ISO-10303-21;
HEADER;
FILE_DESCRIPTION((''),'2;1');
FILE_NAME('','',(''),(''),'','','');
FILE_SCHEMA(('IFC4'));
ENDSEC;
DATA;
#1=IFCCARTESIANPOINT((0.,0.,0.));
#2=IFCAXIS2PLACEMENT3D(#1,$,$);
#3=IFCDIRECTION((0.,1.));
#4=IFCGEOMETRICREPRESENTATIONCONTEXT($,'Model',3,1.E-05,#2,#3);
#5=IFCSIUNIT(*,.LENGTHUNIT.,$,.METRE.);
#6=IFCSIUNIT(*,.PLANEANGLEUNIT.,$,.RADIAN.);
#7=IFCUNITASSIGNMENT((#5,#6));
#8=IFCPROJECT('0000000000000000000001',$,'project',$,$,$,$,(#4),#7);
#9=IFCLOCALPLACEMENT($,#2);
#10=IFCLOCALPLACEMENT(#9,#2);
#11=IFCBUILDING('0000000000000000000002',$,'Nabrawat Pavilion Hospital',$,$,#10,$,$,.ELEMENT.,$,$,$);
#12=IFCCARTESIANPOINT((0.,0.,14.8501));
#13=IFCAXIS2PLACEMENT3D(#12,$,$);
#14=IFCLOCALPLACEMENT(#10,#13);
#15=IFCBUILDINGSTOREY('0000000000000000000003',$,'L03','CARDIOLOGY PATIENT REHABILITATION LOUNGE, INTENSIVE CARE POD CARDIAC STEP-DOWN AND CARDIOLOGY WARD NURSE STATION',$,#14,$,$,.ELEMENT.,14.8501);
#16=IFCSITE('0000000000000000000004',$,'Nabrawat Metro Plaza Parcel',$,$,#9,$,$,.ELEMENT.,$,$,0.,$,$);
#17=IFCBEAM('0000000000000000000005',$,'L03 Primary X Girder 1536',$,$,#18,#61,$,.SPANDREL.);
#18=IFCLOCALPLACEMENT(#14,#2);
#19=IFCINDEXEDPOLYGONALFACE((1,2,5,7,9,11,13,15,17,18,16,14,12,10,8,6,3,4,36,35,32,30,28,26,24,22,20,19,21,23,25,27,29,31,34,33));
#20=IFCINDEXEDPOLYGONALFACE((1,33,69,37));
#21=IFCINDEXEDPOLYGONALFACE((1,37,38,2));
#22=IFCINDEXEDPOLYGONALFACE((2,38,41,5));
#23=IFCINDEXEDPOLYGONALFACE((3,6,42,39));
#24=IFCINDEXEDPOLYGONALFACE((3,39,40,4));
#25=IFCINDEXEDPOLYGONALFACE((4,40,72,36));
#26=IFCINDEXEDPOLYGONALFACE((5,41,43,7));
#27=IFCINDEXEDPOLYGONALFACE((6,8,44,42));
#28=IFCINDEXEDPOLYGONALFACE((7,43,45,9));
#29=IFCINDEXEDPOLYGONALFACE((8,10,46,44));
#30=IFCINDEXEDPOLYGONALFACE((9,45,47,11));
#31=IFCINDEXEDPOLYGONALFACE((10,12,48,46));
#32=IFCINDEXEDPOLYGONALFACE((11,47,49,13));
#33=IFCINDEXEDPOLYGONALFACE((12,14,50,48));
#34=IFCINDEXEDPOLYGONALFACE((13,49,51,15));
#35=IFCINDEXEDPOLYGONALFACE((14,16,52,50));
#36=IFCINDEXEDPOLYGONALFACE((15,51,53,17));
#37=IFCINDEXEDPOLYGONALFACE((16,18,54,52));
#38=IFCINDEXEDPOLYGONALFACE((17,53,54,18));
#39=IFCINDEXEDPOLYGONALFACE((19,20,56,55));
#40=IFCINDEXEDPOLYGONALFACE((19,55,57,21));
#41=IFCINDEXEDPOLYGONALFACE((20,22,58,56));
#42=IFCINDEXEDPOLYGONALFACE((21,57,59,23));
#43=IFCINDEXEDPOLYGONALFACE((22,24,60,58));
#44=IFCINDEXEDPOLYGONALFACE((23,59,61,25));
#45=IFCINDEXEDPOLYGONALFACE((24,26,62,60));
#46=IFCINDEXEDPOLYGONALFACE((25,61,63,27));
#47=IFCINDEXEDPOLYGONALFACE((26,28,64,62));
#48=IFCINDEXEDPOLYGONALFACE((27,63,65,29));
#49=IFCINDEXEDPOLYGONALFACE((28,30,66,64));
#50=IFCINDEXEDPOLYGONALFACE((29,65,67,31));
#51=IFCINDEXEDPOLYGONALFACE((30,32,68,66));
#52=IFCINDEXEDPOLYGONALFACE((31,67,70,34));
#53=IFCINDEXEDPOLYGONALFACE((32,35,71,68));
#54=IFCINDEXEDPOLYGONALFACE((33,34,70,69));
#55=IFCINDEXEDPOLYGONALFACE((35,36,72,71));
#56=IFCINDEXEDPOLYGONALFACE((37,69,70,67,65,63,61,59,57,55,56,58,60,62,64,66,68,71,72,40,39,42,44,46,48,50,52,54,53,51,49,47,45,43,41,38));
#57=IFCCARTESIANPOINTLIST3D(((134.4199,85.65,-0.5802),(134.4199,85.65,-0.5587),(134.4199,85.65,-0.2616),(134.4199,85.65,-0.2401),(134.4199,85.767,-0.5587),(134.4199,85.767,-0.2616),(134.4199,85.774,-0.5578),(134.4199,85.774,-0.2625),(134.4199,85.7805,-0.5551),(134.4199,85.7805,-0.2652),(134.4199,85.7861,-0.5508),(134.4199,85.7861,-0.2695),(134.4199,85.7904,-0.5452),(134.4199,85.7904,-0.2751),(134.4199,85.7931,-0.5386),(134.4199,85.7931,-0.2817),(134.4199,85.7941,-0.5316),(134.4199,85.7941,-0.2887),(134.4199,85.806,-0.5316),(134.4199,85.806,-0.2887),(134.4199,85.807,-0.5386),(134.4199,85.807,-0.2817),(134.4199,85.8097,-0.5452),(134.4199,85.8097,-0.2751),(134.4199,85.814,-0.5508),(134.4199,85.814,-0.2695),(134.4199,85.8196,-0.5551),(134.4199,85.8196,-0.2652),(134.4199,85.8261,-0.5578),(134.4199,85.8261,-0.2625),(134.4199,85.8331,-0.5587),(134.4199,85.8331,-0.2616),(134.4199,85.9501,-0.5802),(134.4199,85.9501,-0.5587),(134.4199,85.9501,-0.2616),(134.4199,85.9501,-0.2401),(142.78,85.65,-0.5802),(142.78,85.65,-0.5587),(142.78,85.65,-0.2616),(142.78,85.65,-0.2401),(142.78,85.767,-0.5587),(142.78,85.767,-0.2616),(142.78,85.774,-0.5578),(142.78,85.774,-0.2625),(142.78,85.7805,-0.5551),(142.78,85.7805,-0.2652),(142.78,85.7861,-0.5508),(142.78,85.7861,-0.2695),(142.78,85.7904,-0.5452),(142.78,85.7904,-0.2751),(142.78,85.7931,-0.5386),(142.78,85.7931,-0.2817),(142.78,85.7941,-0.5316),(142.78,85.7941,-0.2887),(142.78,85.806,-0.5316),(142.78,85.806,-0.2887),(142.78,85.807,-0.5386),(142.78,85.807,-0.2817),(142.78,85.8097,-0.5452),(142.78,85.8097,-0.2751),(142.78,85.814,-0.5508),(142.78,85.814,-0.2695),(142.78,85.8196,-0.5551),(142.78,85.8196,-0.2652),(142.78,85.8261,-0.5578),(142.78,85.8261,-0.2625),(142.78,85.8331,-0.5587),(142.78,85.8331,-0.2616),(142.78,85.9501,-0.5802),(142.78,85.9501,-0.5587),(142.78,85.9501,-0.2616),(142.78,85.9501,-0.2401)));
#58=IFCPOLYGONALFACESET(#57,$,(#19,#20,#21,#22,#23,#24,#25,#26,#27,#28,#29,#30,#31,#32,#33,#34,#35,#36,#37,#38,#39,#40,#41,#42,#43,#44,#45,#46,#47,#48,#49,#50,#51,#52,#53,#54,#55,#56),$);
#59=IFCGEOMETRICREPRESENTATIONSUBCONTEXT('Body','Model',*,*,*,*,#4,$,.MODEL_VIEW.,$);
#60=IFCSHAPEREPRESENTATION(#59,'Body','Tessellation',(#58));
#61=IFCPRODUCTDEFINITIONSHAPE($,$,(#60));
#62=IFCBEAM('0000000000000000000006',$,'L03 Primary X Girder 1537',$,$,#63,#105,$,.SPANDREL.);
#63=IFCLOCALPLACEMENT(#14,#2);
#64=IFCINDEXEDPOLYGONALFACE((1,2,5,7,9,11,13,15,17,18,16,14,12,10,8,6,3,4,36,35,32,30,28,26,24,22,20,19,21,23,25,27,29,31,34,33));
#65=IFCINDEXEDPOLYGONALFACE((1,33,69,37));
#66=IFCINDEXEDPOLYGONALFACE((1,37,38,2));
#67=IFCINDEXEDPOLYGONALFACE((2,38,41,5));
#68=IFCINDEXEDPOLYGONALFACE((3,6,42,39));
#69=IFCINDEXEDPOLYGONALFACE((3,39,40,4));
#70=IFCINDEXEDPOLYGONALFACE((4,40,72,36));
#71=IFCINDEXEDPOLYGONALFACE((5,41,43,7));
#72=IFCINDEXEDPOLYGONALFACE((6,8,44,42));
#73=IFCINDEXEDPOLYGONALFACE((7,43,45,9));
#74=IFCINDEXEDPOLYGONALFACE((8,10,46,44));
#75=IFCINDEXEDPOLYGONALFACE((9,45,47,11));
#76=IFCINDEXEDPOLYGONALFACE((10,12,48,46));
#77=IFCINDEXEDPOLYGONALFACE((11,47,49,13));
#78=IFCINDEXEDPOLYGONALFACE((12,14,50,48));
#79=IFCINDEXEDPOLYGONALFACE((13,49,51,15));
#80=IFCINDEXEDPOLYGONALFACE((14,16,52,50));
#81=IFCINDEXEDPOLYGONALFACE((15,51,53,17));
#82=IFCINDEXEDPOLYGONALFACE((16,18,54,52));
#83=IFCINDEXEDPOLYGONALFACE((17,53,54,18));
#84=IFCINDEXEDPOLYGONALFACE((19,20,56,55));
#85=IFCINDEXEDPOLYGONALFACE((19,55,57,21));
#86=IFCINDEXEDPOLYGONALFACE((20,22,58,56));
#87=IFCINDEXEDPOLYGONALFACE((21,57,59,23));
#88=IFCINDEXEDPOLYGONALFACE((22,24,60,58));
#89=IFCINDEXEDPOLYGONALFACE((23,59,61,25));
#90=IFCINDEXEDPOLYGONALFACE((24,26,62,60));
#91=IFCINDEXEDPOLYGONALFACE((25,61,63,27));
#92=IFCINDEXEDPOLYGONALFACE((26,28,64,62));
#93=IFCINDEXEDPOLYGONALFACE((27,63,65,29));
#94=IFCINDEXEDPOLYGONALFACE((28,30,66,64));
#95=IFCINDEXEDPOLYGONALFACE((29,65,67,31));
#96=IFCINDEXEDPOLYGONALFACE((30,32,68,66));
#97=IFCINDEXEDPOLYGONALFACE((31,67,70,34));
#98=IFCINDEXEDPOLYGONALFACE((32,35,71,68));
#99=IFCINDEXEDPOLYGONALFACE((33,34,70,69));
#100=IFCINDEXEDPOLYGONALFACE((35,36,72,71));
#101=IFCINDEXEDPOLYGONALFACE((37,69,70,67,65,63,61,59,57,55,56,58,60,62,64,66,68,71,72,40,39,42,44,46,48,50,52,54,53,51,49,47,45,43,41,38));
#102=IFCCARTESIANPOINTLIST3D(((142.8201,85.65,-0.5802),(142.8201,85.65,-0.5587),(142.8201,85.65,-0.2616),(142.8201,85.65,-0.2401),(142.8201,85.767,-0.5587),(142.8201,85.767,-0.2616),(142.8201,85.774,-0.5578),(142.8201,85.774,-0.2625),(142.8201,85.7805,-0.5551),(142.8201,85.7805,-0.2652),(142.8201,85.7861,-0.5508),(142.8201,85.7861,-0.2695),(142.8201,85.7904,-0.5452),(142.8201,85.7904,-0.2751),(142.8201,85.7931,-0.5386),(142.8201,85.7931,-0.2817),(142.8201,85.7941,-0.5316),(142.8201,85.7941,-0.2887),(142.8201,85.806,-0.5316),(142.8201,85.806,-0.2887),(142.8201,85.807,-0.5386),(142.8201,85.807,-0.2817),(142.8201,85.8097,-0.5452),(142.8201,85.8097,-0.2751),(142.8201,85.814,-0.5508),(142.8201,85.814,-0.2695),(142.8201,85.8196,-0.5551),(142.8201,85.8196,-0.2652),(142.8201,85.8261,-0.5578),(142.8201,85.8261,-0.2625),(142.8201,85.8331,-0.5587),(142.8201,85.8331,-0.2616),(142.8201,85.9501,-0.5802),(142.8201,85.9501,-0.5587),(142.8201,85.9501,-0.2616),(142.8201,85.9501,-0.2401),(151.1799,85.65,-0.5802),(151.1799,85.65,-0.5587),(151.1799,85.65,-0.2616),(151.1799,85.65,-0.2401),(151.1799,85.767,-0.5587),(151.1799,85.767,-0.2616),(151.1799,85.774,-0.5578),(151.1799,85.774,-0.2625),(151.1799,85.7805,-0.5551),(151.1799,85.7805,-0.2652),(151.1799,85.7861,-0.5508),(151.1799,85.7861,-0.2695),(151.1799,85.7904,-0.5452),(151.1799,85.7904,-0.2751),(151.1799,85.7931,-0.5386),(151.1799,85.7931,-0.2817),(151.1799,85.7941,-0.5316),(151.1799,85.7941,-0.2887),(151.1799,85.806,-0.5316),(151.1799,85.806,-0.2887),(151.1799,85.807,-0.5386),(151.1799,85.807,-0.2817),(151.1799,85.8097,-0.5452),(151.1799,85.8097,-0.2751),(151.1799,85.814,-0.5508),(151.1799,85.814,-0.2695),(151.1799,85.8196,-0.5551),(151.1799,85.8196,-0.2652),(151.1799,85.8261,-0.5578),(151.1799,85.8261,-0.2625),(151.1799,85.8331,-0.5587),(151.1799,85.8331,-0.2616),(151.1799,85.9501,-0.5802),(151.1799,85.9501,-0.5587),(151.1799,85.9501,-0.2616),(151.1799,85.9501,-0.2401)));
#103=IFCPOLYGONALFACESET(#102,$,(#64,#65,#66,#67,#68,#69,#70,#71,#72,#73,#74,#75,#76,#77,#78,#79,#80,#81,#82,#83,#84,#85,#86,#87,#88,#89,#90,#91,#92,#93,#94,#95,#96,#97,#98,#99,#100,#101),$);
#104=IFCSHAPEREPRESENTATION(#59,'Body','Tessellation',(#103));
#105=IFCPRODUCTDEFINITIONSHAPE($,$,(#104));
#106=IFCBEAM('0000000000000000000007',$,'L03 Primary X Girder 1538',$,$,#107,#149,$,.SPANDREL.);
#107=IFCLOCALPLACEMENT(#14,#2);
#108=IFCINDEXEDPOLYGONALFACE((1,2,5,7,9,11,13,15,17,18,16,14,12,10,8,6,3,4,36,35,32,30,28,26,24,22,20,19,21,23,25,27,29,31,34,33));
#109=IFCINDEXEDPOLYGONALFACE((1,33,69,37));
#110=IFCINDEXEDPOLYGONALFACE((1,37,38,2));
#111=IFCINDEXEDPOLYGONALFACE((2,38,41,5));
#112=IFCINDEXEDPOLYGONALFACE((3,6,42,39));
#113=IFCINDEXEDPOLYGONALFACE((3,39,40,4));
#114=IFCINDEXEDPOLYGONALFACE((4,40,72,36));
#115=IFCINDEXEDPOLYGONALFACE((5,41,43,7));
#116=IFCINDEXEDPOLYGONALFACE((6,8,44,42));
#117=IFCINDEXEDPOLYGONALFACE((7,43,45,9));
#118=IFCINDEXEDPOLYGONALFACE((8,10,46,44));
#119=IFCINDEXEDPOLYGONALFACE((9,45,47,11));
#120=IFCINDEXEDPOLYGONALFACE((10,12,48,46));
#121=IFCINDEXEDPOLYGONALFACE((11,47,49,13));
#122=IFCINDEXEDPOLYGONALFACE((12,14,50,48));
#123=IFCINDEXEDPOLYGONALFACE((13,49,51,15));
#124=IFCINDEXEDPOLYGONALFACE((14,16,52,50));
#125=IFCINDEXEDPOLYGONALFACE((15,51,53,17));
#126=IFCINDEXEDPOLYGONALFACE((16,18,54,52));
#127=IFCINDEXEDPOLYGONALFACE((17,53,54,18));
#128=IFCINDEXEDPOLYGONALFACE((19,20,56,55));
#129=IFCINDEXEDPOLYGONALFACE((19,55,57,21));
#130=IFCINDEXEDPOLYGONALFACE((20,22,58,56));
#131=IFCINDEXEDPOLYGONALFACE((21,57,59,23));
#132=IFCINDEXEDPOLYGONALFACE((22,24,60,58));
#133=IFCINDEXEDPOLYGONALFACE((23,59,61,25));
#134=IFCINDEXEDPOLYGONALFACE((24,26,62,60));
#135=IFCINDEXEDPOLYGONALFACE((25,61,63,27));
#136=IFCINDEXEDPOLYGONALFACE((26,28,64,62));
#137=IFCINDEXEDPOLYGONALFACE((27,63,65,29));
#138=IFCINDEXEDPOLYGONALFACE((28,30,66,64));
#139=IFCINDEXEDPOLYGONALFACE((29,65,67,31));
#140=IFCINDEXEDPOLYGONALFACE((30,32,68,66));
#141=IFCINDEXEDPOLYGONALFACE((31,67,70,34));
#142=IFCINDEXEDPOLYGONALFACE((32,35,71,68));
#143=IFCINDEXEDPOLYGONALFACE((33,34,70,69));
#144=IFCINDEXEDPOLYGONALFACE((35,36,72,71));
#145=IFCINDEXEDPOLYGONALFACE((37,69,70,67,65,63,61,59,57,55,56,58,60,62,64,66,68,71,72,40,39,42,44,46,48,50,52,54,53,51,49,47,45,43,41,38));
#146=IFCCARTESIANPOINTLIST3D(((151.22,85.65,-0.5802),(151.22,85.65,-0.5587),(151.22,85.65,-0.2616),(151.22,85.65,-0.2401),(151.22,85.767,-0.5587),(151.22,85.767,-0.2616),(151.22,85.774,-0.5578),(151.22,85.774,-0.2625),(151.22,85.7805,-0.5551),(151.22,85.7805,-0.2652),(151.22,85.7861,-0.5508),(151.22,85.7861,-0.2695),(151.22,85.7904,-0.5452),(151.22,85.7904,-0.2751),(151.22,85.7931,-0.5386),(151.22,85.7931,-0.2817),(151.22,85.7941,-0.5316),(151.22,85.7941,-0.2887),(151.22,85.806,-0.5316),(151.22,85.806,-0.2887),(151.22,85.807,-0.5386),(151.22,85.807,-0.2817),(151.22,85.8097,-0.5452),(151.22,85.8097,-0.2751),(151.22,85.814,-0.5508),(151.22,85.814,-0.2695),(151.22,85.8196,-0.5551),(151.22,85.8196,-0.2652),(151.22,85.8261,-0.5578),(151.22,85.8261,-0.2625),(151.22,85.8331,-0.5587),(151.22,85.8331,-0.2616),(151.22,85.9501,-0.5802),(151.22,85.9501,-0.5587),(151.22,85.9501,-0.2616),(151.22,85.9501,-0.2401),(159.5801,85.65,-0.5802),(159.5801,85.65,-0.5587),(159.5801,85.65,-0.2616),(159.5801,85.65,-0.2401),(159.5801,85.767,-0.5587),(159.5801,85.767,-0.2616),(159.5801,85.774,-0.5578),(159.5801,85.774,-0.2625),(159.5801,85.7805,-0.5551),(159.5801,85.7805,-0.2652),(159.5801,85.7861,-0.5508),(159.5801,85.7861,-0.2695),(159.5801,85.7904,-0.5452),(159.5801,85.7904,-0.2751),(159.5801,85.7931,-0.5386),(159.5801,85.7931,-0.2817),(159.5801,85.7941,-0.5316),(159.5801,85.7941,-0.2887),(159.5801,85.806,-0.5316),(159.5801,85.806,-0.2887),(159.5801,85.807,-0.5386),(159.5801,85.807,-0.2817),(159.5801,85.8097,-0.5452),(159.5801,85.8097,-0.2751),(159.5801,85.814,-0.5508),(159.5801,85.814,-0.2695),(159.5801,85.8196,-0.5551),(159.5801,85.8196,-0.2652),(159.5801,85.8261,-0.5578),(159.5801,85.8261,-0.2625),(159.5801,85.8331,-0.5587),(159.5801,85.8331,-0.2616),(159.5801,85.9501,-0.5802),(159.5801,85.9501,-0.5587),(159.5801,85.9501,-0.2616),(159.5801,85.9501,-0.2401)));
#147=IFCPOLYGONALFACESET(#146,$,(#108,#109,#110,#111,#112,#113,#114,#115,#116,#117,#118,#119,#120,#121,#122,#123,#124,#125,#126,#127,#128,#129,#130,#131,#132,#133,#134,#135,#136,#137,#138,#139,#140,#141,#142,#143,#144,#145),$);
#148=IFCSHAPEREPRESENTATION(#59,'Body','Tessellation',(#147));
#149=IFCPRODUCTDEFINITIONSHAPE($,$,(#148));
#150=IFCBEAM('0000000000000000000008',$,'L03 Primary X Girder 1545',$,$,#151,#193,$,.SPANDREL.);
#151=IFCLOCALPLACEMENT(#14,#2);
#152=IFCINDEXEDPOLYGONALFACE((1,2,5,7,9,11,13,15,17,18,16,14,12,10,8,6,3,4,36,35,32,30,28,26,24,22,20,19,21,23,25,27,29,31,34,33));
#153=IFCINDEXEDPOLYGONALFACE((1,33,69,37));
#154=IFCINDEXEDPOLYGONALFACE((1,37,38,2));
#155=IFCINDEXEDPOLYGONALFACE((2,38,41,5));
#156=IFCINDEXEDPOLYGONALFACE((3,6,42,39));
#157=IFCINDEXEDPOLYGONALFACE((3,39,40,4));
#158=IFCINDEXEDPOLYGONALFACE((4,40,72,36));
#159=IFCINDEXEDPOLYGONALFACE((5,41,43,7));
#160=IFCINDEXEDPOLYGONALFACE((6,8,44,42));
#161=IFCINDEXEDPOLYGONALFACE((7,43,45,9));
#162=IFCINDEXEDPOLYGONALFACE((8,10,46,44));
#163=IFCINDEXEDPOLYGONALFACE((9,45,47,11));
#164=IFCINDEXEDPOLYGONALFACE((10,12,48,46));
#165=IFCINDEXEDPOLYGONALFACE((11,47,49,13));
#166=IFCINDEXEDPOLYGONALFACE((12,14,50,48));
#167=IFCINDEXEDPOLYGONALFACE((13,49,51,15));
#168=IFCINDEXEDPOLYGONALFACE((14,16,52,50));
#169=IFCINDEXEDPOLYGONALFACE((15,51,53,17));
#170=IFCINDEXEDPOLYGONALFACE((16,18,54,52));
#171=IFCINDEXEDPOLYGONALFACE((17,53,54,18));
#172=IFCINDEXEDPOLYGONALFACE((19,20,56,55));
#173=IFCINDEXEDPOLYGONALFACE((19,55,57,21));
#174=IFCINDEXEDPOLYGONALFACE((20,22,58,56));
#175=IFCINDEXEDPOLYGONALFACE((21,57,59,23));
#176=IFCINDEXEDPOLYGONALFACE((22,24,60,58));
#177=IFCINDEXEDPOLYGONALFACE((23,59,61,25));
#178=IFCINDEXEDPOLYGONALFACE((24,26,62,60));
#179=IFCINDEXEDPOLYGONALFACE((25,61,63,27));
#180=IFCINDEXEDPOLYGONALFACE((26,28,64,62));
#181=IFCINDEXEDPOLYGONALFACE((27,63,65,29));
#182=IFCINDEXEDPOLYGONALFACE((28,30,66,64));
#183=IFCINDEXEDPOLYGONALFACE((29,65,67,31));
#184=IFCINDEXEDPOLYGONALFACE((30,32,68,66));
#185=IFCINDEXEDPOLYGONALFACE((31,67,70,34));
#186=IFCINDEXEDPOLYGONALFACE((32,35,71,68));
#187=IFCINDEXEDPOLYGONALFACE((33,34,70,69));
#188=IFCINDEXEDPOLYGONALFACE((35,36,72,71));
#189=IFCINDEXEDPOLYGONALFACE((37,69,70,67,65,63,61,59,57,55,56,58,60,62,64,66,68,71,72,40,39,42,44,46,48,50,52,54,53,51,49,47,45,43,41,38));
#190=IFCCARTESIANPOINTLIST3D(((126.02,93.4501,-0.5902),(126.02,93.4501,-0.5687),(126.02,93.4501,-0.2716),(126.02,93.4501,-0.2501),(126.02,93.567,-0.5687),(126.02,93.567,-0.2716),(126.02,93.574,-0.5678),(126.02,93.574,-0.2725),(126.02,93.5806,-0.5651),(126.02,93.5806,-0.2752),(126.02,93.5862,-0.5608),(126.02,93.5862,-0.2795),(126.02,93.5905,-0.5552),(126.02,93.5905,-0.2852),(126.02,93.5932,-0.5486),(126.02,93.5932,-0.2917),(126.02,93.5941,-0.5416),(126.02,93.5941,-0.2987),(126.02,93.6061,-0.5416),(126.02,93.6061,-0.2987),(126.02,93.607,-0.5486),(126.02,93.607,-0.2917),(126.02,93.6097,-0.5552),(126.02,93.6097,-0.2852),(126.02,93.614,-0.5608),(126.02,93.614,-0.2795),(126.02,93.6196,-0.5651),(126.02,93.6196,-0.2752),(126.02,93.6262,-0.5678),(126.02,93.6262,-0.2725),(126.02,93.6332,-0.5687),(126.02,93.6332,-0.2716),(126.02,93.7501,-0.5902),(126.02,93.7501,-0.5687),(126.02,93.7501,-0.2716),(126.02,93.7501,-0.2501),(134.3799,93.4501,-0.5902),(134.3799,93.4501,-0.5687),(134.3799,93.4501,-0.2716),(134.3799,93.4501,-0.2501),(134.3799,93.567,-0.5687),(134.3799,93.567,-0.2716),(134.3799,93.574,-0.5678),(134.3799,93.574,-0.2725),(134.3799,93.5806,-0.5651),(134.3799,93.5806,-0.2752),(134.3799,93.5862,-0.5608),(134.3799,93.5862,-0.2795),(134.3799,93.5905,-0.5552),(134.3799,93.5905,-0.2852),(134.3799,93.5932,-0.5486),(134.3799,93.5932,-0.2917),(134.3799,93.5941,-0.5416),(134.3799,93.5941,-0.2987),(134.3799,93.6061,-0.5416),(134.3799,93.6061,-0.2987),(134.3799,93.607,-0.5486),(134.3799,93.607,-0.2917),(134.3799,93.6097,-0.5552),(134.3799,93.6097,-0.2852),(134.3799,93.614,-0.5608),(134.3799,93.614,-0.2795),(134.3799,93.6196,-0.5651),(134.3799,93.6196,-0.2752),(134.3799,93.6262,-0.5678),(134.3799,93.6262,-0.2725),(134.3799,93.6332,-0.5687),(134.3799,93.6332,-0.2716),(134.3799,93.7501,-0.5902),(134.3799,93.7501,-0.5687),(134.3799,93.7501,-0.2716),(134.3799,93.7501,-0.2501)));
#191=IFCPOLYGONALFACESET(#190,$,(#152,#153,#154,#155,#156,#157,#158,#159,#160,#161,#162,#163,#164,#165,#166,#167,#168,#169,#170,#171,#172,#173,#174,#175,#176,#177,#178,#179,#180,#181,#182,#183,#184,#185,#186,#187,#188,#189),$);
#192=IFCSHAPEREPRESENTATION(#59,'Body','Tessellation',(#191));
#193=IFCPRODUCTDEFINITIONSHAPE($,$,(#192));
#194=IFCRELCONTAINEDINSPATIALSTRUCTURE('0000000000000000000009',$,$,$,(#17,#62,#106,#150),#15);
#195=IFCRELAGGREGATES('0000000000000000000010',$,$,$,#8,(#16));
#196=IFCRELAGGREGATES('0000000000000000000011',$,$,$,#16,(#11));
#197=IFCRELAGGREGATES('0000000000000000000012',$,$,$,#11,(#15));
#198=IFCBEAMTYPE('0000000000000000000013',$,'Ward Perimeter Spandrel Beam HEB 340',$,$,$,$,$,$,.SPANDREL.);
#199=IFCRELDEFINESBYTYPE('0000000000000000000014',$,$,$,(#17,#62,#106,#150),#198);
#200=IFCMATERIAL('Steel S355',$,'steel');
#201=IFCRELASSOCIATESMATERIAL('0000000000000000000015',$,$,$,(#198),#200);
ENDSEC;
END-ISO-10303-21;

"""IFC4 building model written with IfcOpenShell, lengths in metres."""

from ifc_helpers import new_model, si_unit, direction, frame, origin, origin_2d, place, context, subcontext, project, spatial, i_section, extrude, material, material_profile, profile_set, type_object, element, save


model = new_model("IFC4")

# Units and contexts
model_context = context("Model", 3, precision=1e-05, world=origin(), true_north=direction((0.0, 1.0)))
body_context = subcontext(model_context, "Body", "Model", "MODEL_VIEW")
ifc_project = project(units=[si_unit("LENGTHUNIT", "METRE"), si_unit("PLANEANGLEUNIT", "RADIAN")], contexts=[model_context])

# Site, building, storey
site_placement = place(None, origin())
site = spatial("IfcSite", under=ifc_project, at=site_placement, Name="Nabrawat Metro Plaza Parcel", CompositionType="ELEMENT", RefElevation=0.0)
building_placement = place(site_placement, origin())
building = spatial("IfcBuilding", under=site, at=building_placement, Name="Nabrawat Pavilion Hospital", CompositionType="ELEMENT")
storey_placement = place(building_placement, frame((0.0, 0.0, 14.8501)))
storey = spatial("IfcBuildingStorey", under=building, at=storey_placement, Name="L03", Description="CARDIOLOGY PATIENT REHABILITATION LOUNGE, INTENSIVE CARE POD CARDIAC STEP-DOWN AND CARDIOLOGY WARD NURSE STATION", CompositionType="ELEMENT", Elevation=14.8501)

# Shared definitions
ifc_material_1 = material(Name="Steel S355", Category="steel")

# Beams
ifc_material_profile_1 = material_profile(ifc_material_1, i_section(OverallWidth=0.3, OverallDepth=0.3401, WebThickness=0.012, FlangeThickness=0.0215, FilletRadius=0.0271, at=origin_2d()), Name="HEB 340")
ifc_profile_set_1 = profile_set([ifc_material_profile_1], Name="Steel S355")
beam_type_1 = type_object("IfcBeamType", Name="Ward Perimeter Spandrel Beam HEB 340", PredefinedType="SPANDREL", material=ifc_profile_set_1)
beam_1_placement = place(storey_placement, frame((134.4199, 85.8, -0.4102), z_axis=(1.0, 0.0, 0.0), x_axis=(0.0, 1.0, 0.0)))
element("IfcBeam", 1, at=beam_1_placement, inside=storey, type_object=beam_type_1, Name="L03 Primary X Girder 1536", PredefinedType="SPANDREL", context=body_context, shape_type="SweptSolid", body=[
    extrude(i_section(OverallWidth=0.3, OverallDepth=0.3401, WebThickness=0.012, FlangeThickness=0.0215, FilletRadius=0.0271, at=origin_2d()), origin(), (0.0, 0.0, 1.0), 8.3601),
])
beam_2_placement = place(storey_placement, frame((142.8201, 85.8, -0.4102), z_axis=(1.0, 0.0, 0.0), x_axis=(0.0, 1.0, 0.0)))
element("IfcBeam", 2, at=beam_2_placement, inside=storey, type_object=beam_type_1, Name="L03 Primary X Girder 1537", PredefinedType="SPANDREL", context=body_context, shape_type="SweptSolid", body=[
    extrude(i_section(OverallWidth=0.3, OverallDepth=0.3401, WebThickness=0.012, FlangeThickness=0.0215, FilletRadius=0.0271, at=origin_2d()), origin(), (0.0, 0.0, 1.0), 8.3599),
])
beam_3_placement = place(storey_placement, frame((151.22, 85.8, -0.4102), z_axis=(1.0, 0.0, 0.0), x_axis=(0.0, 1.0, 0.0)))
element("IfcBeam", 3, at=beam_3_placement, inside=storey, type_object=beam_type_1, Name="L03 Primary X Girder 1538", PredefinedType="SPANDREL", context=body_context, shape_type="SweptSolid", body=[
    extrude(i_section(OverallWidth=0.3, OverallDepth=0.3401, WebThickness=0.012, FlangeThickness=0.0215, FilletRadius=0.0271, at=origin_2d()), origin(), (0.0, 0.0, 1.0), 8.3601),
])
beam_4_placement = place(storey_placement, frame((126.02, 93.6001, -0.4202), z_axis=(1.0, 0.0, 0.0), x_axis=(0.0, 1.0, 0.0)))
element("IfcBeam", 4, at=beam_4_placement, inside=storey, type_object=beam_type_1, Name="L03 Primary X Girder 1545", PredefinedType="SPANDREL", context=body_context, shape_type="SweptSolid", body=[
    extrude(i_section(OverallWidth=0.3, OverallDepth=0.3401, WebThickness=0.012, FlangeThickness=0.0215, FilletRadius=0.0271, at=origin_2d()), origin(), (0.0, 0.0, 1.0), 8.3599),
])

save(model, "model.ifc")
